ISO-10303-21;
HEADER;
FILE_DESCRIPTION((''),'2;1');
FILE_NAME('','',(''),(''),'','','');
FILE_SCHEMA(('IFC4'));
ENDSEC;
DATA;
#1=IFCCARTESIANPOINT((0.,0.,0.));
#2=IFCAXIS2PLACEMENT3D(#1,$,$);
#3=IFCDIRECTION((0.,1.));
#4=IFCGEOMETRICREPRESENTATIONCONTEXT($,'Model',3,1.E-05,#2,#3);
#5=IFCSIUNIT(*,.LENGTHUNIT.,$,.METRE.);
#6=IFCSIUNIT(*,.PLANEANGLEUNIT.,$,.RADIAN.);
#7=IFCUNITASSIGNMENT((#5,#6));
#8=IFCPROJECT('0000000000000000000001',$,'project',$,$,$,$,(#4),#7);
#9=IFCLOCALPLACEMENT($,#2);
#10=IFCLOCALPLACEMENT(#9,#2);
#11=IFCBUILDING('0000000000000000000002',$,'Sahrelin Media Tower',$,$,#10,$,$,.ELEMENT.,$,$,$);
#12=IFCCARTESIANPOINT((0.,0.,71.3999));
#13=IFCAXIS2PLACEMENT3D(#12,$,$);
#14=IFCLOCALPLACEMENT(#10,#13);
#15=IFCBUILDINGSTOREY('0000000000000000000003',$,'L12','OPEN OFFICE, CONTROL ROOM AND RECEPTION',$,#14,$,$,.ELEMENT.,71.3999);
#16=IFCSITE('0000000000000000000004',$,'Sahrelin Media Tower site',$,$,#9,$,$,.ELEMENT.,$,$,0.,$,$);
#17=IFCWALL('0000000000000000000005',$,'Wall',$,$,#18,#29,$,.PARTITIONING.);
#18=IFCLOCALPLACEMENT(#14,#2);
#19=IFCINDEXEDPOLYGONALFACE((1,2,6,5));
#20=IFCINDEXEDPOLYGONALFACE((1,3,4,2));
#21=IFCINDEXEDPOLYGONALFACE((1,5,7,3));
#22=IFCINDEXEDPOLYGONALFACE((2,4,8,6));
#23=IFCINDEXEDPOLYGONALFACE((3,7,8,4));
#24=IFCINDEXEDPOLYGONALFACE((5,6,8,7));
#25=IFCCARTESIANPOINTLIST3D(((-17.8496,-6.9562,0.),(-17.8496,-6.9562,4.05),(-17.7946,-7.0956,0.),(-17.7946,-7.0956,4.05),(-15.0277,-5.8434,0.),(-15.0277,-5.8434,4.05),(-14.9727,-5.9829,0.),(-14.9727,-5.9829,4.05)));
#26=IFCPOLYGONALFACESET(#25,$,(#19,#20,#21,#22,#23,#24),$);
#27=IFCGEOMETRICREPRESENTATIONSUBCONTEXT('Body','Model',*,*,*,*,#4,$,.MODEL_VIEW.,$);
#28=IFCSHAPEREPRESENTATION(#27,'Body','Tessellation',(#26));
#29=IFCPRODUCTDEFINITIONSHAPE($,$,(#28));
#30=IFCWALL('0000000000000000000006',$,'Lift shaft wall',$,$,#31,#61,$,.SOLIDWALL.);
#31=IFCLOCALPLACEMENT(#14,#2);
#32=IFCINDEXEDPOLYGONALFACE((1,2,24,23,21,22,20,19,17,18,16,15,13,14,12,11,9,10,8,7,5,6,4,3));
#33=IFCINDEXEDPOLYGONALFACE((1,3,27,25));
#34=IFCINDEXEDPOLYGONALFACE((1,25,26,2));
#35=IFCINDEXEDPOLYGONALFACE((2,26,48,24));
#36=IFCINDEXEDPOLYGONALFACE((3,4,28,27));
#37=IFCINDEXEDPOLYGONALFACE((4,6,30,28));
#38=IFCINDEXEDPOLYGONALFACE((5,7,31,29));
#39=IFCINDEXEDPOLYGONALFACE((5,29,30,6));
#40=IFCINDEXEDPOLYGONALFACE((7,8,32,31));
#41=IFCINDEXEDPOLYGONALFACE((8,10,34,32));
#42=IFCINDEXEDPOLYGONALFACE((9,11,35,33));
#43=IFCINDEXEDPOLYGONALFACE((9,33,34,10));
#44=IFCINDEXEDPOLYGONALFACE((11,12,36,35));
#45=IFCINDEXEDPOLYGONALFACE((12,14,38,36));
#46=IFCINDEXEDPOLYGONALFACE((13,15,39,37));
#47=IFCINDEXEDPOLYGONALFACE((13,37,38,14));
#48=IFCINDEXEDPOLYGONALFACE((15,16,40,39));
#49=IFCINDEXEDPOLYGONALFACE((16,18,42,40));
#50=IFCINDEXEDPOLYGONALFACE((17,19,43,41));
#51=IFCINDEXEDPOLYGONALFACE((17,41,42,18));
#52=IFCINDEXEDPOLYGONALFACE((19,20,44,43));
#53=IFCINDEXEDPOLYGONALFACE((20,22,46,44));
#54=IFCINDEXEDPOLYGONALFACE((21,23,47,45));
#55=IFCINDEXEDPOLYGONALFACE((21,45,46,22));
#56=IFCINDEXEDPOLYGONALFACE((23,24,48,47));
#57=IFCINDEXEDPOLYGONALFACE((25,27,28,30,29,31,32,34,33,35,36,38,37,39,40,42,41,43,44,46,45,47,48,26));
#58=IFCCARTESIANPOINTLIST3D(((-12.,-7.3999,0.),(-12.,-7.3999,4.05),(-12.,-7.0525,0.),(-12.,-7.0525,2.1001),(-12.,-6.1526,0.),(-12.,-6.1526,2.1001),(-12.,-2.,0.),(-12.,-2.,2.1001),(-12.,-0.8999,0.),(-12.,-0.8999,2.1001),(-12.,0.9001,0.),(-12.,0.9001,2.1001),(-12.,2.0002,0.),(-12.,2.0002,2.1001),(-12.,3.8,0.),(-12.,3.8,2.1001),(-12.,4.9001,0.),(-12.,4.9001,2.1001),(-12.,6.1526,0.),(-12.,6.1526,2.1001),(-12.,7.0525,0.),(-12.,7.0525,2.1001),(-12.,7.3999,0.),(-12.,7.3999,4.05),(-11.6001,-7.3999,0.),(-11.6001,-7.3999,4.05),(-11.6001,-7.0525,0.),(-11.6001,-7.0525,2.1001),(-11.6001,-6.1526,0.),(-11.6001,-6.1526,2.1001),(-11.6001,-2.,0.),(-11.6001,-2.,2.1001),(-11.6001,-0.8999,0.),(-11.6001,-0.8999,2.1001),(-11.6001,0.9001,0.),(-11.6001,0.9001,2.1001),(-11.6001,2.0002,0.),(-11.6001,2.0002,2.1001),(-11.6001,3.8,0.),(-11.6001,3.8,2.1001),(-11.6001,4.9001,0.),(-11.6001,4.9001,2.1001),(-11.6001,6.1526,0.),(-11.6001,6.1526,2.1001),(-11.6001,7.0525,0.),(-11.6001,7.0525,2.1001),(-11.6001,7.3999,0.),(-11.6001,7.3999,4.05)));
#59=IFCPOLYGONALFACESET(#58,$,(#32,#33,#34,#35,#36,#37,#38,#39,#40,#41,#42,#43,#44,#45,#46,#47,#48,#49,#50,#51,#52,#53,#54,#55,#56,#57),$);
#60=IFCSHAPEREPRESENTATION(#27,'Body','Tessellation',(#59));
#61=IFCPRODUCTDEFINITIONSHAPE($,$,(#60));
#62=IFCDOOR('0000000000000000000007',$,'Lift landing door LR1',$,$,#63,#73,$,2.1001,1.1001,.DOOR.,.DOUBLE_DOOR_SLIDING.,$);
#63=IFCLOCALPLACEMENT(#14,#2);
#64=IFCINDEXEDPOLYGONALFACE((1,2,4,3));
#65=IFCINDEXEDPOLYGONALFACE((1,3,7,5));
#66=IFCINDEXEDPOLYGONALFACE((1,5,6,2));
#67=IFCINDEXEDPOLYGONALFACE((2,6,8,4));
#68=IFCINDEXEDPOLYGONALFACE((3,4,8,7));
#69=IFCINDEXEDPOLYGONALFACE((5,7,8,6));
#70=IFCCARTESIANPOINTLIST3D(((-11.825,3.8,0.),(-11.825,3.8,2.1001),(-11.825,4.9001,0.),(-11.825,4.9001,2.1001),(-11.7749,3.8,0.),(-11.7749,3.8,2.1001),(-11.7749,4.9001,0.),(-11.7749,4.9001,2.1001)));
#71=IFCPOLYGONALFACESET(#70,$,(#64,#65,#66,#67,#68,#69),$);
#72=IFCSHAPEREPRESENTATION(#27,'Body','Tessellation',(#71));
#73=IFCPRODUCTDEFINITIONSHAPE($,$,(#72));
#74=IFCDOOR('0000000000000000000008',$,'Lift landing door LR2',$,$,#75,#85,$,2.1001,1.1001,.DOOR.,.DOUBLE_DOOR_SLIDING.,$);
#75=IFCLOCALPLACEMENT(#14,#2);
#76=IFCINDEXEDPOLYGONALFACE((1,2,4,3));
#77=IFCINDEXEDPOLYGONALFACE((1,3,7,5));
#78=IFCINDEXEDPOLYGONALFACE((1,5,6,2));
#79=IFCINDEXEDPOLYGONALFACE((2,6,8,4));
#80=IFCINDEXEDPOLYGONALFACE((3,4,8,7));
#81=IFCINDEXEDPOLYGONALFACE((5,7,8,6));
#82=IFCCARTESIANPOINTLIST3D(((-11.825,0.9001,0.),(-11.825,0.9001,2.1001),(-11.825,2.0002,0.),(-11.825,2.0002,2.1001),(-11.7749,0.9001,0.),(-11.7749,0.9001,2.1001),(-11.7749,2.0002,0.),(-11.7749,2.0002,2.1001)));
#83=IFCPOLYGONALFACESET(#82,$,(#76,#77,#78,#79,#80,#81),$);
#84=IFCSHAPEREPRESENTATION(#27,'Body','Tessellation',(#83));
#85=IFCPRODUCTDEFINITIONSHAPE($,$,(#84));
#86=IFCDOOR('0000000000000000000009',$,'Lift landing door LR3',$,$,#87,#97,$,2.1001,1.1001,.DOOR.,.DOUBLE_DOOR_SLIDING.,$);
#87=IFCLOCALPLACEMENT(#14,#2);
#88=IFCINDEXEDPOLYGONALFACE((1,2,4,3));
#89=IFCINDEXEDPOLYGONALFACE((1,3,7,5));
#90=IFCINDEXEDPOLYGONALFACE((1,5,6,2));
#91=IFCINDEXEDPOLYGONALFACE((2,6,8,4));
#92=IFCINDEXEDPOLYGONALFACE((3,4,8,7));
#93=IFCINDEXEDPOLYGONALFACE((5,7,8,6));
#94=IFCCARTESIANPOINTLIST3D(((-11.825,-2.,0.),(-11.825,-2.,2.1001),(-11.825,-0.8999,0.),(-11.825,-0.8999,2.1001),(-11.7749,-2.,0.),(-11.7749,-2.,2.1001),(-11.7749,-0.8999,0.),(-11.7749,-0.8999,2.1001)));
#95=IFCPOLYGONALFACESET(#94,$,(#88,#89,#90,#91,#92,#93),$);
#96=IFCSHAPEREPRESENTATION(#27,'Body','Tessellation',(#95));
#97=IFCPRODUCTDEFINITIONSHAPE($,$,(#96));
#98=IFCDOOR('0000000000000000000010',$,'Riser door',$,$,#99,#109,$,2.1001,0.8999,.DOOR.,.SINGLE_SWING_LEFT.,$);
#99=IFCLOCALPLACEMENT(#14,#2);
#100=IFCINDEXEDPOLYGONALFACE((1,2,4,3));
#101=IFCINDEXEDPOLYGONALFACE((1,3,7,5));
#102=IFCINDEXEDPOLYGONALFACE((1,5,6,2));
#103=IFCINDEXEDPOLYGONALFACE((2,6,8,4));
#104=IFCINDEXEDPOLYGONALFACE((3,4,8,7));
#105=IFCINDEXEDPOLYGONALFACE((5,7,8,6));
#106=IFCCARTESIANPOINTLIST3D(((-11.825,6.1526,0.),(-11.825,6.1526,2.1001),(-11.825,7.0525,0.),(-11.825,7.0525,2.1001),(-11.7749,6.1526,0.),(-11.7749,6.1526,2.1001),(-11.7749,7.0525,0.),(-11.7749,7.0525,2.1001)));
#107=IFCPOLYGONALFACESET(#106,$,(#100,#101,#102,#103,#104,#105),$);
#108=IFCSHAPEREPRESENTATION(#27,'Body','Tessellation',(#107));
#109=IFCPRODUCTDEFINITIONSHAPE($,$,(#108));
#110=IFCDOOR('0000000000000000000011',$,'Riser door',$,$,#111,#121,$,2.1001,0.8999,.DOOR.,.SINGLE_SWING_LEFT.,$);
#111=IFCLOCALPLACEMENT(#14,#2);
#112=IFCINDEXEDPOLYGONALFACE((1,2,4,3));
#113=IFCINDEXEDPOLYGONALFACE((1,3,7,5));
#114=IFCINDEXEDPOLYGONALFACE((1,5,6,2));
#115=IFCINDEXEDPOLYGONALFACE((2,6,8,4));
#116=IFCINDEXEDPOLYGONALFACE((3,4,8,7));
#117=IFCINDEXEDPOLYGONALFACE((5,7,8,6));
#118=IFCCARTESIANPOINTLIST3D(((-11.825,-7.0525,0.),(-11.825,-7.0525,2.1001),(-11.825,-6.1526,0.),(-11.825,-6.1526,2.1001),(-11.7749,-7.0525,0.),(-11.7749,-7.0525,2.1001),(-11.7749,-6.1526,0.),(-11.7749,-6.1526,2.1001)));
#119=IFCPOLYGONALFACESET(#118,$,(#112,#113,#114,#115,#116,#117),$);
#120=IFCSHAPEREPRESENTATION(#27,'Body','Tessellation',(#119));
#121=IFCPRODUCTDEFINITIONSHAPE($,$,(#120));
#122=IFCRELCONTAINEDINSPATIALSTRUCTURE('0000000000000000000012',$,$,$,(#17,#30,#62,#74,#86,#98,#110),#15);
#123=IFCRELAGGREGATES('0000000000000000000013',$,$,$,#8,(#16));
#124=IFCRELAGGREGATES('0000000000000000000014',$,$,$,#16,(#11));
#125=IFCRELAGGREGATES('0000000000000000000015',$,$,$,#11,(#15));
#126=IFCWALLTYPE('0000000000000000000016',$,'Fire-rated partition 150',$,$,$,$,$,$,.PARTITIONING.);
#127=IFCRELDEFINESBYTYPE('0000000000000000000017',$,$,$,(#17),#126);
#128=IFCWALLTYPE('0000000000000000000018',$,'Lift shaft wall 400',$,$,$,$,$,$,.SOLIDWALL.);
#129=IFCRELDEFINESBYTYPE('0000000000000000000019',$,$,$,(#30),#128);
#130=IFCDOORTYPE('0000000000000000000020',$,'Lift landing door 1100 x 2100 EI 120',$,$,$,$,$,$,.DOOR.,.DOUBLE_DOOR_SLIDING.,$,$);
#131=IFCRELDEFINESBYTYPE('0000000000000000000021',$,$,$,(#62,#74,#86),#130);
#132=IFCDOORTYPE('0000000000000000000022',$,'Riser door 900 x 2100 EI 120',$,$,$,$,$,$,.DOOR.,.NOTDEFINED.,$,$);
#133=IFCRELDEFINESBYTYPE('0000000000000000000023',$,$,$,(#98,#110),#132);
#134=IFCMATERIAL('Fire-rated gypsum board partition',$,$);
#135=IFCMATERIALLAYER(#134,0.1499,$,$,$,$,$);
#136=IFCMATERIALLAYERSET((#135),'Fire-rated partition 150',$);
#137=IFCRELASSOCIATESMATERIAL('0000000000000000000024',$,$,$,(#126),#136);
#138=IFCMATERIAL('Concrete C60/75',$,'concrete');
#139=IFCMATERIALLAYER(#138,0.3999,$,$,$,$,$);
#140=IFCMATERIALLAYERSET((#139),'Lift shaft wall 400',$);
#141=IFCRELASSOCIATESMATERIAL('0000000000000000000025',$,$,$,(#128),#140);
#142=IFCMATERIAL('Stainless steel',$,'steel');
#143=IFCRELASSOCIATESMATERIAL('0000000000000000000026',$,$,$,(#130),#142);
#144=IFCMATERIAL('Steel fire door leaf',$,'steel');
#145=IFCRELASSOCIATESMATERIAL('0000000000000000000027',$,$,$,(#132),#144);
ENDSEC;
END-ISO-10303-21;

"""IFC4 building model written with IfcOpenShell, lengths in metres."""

from ifc_helpers import new_model, si_unit, direction, frame, frame_2d, origin, place, context, subcontext, project, spatial, rectangle, extrude, material, layer, layer_set, type_object, element, fill, save


model = new_model("IFC4")

# Units and contexts
model_context = context("Model", 3, precision=1e-05, world=origin(), true_north=direction((0.0, 1.0)))
body_context = subcontext(model_context, "Body", "Model", "MODEL_VIEW")
ifc_project = project(units=[si_unit("LENGTHUNIT", "METRE"), si_unit("PLANEANGLEUNIT", "RADIAN")], contexts=[model_context])

# Site, building, storey
site_placement = place(None, origin())
site = spatial("IfcSite", under=ifc_project, at=site_placement, Name="Sahrelin Media Tower site", CompositionType="ELEMENT", RefElevation=0.0)
building_placement = place(site_placement, origin())
building = spatial("IfcBuilding", under=site, at=building_placement, Name="Sahrelin Media Tower", CompositionType="ELEMENT")
storey_placement = place(building_placement, frame((0.0, 0.0, 71.3999)))
storey = spatial("IfcBuildingStorey", under=building, at=storey_placement, Name="L12", Description="OPEN OFFICE, CONTROL ROOM AND RECEPTION", CompositionType="ELEMENT", Elevation=71.3999)

# Shared definitions
ifc_material_1 = material(Name="Concrete C60/75", Category="concrete")
ifc_material_2 = material(Name="Steel fire door leaf", Category="steel")

# Wall
ifc_material_3 = material(Name="Fire-rated gypsum board partition")
ifc_layer_1 = layer(ifc_material_3, 0.1499)
ifc_layer_set_1 = layer_set([ifc_layer_1], Name="Fire-rated partition 150")
wall_type_1 = type_object("IfcWallType", Name="Fire-rated partition 150", PredefinedType="PARTITIONING", material=ifc_layer_set_1)
wall_1_placement = place(storey_placement, frame((-17.822, -7.0259, 0.0), z_axis=(0.0, 0.0, 1.0), x_axis=(0.930286, 0.366835, 0.0)))
element("IfcWall", 1, at=wall_1_placement, inside=storey, type_object=wall_type_1, Name="Wall", PredefinedType="PARTITIONING", context=body_context, shape_type="SweptSolid", body=[
    extrude(rectangle(XDim=3.0334, YDim=0.1499, at=frame_2d((1.5166, 0.0))), origin(), (0.0, 0.0, 1.0), 4.05),
])

# Wall, openings, doors
ifc_layer_2 = layer(ifc_material_1, 0.3999)
ifc_layer_set_2 = layer_set([ifc_layer_2], Name="Lift shaft wall 400")
wall_type_2 = type_object("IfcWallType", Name="Lift shaft wall 400", PredefinedType="SOLIDWALL", material=ifc_layer_set_2)
wall_2_placement = place(storey_placement, frame((-11.8, -7.3999, 0.0), z_axis=(0.0, 0.0, 1.0), x_axis=(0.0, 1.0, 0.0)))
wall_2 = element("IfcWall", 2, at=wall_2_placement, inside=storey, type_object=wall_type_2, Name="Lift shaft wall", PredefinedType="SOLIDWALL", context=body_context, shape_type="SweptSolid", body=[
    extrude(rectangle(XDim=14.7998, YDim=0.3999, at=frame_2d((7.3999, 0.0))), origin(), (0.0, 0.0, 1.0), 4.05),
])
opening_1_placement = place(wall_2_placement, frame((11.2, 0.0, 0.0)))
opening_1 = element("IfcOpeningElement", 3, at=opening_1_placement, cuts=wall_2, PredefinedType="OPENING", context=body_context, shape_type="SweptSolid", body=[
    extrude(rectangle(XDim=1.1001, YDim=2.1001, at=frame_2d((0.55, 1.05))), frame((0.0, 0.2, 0.0), z_axis=(0.0, -1.0, 0.0), x_axis=(1.0, 0.0, 0.0)), (0.0, 0.0, 1.0), 0.3999),
])
opening_2_placement = place(wall_2_placement, frame((8.3, 0.0, 0.0)))
opening_2 = element("IfcOpeningElement", 4, at=opening_2_placement, cuts=wall_2, PredefinedType="OPENING", context=body_context, shape_type="SweptSolid", body=[
    extrude(rectangle(XDim=1.1001, YDim=2.1001, at=frame_2d((0.55, 1.05))), frame((0.0, 0.2, 0.0), z_axis=(0.0, -1.0, 0.0), x_axis=(1.0, 0.0, 0.0)), (0.0, 0.0, 1.0), 0.3999),
])
opening_3_placement = place(wall_2_placement, frame((5.3999, 0.0, 0.0)))
opening_3 = element("IfcOpeningElement", 5, at=opening_3_placement, cuts=wall_2, PredefinedType="OPENING", context=body_context, shape_type="SweptSolid", body=[
    extrude(rectangle(XDim=1.1001, YDim=2.1001, at=frame_2d((0.55, 1.05))), frame((0.0, 0.2, 0.0), z_axis=(0.0, -1.0, 0.0), x_axis=(1.0, 0.0, 0.0)), (0.0, 0.0, 1.0), 0.3999),
])
opening_4_placement = place(wall_2_placement, frame((13.5525, 0.0, 0.0)))
opening_4 = element("IfcOpeningElement", 6, at=opening_4_placement, cuts=wall_2, PredefinedType="OPENING", context=body_context, shape_type="SweptSolid", body=[
    extrude(rectangle(XDim=0.8999, YDim=2.1001, at=frame_2d((0.45, 1.05))), frame((0.0, 0.2, 0.0), z_axis=(0.0, -1.0, 0.0), x_axis=(1.0, 0.0, 0.0)), (0.0, 0.0, 1.0), 0.3999),
])
opening_5_placement = place(wall_2_placement, frame((0.3474, 0.0, 0.0)))
opening_5 = element("IfcOpeningElement", 7, at=opening_5_placement, cuts=wall_2, PredefinedType="OPENING", context=body_context, shape_type="SweptSolid", body=[
    extrude(rectangle(XDim=0.8999, YDim=2.1001, at=frame_2d((0.45, 1.05))), frame((0.0, 0.2, 0.0), z_axis=(0.0, -1.0, 0.0), x_axis=(1.0, 0.0, 0.0)), (0.0, 0.0, 1.0), 0.3999),
])
ifc_material_4 = material(Name="Stainless steel", Category="steel")
door_type_1 = type_object("IfcDoorType", Name="Lift landing door 1100 x 2100 EI 120", OperationType="DOUBLE_DOOR_SLIDING", PredefinedType="DOOR", material=ifc_material_4)
door_1_placement = place(opening_1_placement, origin())
door_1 = element("IfcDoor", 8, at=door_1_placement, inside=storey, type_object=door_type_1, Name="Lift landing door LR1", OperationType="DOUBLE_DOOR_SLIDING", OverallHeight=2.1001, OverallWidth=1.1001, PredefinedType="DOOR", context=body_context, shape_type="SweptSolid", body=[
    extrude(rectangle(XDim=1.1001, YDim=2.1001, at=frame_2d((0.55, 1.05))), frame((0.0, 0.0249, 0.0), z_axis=(0.0, -1.0, 0.0), x_axis=(1.0, 0.0, 0.0)), (0.0, 0.0, 1.0), 0.05),
])
fill(opening_1, door_1)
door_2_placement = place(opening_2_placement, origin())
door_2 = element("IfcDoor", 9, at=door_2_placement, inside=storey, type_object=door_type_1, Name="Lift landing door LR2", OperationType="DOUBLE_DOOR_SLIDING", OverallHeight=2.1001, OverallWidth=1.1001, PredefinedType="DOOR", context=body_context, shape_type="SweptSolid", body=[
    extrude(rectangle(XDim=1.1001, YDim=2.1001, at=frame_2d((0.55, 1.05))), frame((0.0, 0.0249, 0.0), z_axis=(0.0, -1.0, 0.0), x_axis=(1.0, 0.0, 0.0)), (0.0, 0.0, 1.0), 0.05),
])
fill(opening_2, door_2)
door_3_placement = place(opening_3_placement, origin())
door_3 = element("IfcDoor", 10, at=door_3_placement, inside=storey, type_object=door_type_1, Name="Lift landing door LR3", OperationType="DOUBLE_DOOR_SLIDING", OverallHeight=2.1001, OverallWidth=1.1001, PredefinedType="DOOR", context=body_context, shape_type="SweptSolid", body=[
    extrude(rectangle(XDim=1.1001, YDim=2.1001, at=frame_2d((0.55, 1.05))), frame((0.0, 0.0249, 0.0), z_axis=(0.0, -1.0, 0.0), x_axis=(1.0, 0.0, 0.0)), (0.0, 0.0, 1.0), 0.05),
])
fill(opening_3, door_3)
door_type_2 = type_object("IfcDoorType", Name="Riser door 900 x 2100 EI 120", OperationType="NOTDEFINED", PredefinedType="DOOR", material=ifc_material_2)
door_4_placement = place(opening_4_placement, origin())
door_4 = element("IfcDoor", 11, at=door_4_placement, inside=storey, type_object=door_type_2, Name="Riser door", OperationType="SINGLE_SWING_LEFT", OverallHeight=2.1001, OverallWidth=0.8999, PredefinedType="DOOR", context=body_context, shape_type="SweptSolid", body=[
    extrude(rectangle(XDim=0.8999, YDim=2.1001, at=frame_2d((0.45, 1.05))), frame((0.0, 0.0249, 0.0), z_axis=(0.0, -1.0, 0.0), x_axis=(1.0, 0.0, 0.0)), (0.0, 0.0, 1.0), 0.05),
])
fill(opening_4, door_4)
door_5_placement = place(opening_5_placement, origin())
door_5 = element("IfcDoor", 12, at=door_5_placement, inside=storey, type_object=door_type_2, Name="Riser door", OperationType="SINGLE_SWING_LEFT", OverallHeight=2.1001, OverallWidth=0.8999, PredefinedType="DOOR", context=body_context, shape_type="SweptSolid", body=[
    extrude(rectangle(XDim=0.8999, YDim=2.1001, at=frame_2d((0.45, 1.05))), frame((0.0, 0.0249, 0.0), z_axis=(0.0, -1.0, 0.0), x_axis=(1.0, 0.0, 0.0)), (0.0, 0.0, 1.0), 0.05),
])
fill(opening_5, door_5)

save(model, "model.ifc")
